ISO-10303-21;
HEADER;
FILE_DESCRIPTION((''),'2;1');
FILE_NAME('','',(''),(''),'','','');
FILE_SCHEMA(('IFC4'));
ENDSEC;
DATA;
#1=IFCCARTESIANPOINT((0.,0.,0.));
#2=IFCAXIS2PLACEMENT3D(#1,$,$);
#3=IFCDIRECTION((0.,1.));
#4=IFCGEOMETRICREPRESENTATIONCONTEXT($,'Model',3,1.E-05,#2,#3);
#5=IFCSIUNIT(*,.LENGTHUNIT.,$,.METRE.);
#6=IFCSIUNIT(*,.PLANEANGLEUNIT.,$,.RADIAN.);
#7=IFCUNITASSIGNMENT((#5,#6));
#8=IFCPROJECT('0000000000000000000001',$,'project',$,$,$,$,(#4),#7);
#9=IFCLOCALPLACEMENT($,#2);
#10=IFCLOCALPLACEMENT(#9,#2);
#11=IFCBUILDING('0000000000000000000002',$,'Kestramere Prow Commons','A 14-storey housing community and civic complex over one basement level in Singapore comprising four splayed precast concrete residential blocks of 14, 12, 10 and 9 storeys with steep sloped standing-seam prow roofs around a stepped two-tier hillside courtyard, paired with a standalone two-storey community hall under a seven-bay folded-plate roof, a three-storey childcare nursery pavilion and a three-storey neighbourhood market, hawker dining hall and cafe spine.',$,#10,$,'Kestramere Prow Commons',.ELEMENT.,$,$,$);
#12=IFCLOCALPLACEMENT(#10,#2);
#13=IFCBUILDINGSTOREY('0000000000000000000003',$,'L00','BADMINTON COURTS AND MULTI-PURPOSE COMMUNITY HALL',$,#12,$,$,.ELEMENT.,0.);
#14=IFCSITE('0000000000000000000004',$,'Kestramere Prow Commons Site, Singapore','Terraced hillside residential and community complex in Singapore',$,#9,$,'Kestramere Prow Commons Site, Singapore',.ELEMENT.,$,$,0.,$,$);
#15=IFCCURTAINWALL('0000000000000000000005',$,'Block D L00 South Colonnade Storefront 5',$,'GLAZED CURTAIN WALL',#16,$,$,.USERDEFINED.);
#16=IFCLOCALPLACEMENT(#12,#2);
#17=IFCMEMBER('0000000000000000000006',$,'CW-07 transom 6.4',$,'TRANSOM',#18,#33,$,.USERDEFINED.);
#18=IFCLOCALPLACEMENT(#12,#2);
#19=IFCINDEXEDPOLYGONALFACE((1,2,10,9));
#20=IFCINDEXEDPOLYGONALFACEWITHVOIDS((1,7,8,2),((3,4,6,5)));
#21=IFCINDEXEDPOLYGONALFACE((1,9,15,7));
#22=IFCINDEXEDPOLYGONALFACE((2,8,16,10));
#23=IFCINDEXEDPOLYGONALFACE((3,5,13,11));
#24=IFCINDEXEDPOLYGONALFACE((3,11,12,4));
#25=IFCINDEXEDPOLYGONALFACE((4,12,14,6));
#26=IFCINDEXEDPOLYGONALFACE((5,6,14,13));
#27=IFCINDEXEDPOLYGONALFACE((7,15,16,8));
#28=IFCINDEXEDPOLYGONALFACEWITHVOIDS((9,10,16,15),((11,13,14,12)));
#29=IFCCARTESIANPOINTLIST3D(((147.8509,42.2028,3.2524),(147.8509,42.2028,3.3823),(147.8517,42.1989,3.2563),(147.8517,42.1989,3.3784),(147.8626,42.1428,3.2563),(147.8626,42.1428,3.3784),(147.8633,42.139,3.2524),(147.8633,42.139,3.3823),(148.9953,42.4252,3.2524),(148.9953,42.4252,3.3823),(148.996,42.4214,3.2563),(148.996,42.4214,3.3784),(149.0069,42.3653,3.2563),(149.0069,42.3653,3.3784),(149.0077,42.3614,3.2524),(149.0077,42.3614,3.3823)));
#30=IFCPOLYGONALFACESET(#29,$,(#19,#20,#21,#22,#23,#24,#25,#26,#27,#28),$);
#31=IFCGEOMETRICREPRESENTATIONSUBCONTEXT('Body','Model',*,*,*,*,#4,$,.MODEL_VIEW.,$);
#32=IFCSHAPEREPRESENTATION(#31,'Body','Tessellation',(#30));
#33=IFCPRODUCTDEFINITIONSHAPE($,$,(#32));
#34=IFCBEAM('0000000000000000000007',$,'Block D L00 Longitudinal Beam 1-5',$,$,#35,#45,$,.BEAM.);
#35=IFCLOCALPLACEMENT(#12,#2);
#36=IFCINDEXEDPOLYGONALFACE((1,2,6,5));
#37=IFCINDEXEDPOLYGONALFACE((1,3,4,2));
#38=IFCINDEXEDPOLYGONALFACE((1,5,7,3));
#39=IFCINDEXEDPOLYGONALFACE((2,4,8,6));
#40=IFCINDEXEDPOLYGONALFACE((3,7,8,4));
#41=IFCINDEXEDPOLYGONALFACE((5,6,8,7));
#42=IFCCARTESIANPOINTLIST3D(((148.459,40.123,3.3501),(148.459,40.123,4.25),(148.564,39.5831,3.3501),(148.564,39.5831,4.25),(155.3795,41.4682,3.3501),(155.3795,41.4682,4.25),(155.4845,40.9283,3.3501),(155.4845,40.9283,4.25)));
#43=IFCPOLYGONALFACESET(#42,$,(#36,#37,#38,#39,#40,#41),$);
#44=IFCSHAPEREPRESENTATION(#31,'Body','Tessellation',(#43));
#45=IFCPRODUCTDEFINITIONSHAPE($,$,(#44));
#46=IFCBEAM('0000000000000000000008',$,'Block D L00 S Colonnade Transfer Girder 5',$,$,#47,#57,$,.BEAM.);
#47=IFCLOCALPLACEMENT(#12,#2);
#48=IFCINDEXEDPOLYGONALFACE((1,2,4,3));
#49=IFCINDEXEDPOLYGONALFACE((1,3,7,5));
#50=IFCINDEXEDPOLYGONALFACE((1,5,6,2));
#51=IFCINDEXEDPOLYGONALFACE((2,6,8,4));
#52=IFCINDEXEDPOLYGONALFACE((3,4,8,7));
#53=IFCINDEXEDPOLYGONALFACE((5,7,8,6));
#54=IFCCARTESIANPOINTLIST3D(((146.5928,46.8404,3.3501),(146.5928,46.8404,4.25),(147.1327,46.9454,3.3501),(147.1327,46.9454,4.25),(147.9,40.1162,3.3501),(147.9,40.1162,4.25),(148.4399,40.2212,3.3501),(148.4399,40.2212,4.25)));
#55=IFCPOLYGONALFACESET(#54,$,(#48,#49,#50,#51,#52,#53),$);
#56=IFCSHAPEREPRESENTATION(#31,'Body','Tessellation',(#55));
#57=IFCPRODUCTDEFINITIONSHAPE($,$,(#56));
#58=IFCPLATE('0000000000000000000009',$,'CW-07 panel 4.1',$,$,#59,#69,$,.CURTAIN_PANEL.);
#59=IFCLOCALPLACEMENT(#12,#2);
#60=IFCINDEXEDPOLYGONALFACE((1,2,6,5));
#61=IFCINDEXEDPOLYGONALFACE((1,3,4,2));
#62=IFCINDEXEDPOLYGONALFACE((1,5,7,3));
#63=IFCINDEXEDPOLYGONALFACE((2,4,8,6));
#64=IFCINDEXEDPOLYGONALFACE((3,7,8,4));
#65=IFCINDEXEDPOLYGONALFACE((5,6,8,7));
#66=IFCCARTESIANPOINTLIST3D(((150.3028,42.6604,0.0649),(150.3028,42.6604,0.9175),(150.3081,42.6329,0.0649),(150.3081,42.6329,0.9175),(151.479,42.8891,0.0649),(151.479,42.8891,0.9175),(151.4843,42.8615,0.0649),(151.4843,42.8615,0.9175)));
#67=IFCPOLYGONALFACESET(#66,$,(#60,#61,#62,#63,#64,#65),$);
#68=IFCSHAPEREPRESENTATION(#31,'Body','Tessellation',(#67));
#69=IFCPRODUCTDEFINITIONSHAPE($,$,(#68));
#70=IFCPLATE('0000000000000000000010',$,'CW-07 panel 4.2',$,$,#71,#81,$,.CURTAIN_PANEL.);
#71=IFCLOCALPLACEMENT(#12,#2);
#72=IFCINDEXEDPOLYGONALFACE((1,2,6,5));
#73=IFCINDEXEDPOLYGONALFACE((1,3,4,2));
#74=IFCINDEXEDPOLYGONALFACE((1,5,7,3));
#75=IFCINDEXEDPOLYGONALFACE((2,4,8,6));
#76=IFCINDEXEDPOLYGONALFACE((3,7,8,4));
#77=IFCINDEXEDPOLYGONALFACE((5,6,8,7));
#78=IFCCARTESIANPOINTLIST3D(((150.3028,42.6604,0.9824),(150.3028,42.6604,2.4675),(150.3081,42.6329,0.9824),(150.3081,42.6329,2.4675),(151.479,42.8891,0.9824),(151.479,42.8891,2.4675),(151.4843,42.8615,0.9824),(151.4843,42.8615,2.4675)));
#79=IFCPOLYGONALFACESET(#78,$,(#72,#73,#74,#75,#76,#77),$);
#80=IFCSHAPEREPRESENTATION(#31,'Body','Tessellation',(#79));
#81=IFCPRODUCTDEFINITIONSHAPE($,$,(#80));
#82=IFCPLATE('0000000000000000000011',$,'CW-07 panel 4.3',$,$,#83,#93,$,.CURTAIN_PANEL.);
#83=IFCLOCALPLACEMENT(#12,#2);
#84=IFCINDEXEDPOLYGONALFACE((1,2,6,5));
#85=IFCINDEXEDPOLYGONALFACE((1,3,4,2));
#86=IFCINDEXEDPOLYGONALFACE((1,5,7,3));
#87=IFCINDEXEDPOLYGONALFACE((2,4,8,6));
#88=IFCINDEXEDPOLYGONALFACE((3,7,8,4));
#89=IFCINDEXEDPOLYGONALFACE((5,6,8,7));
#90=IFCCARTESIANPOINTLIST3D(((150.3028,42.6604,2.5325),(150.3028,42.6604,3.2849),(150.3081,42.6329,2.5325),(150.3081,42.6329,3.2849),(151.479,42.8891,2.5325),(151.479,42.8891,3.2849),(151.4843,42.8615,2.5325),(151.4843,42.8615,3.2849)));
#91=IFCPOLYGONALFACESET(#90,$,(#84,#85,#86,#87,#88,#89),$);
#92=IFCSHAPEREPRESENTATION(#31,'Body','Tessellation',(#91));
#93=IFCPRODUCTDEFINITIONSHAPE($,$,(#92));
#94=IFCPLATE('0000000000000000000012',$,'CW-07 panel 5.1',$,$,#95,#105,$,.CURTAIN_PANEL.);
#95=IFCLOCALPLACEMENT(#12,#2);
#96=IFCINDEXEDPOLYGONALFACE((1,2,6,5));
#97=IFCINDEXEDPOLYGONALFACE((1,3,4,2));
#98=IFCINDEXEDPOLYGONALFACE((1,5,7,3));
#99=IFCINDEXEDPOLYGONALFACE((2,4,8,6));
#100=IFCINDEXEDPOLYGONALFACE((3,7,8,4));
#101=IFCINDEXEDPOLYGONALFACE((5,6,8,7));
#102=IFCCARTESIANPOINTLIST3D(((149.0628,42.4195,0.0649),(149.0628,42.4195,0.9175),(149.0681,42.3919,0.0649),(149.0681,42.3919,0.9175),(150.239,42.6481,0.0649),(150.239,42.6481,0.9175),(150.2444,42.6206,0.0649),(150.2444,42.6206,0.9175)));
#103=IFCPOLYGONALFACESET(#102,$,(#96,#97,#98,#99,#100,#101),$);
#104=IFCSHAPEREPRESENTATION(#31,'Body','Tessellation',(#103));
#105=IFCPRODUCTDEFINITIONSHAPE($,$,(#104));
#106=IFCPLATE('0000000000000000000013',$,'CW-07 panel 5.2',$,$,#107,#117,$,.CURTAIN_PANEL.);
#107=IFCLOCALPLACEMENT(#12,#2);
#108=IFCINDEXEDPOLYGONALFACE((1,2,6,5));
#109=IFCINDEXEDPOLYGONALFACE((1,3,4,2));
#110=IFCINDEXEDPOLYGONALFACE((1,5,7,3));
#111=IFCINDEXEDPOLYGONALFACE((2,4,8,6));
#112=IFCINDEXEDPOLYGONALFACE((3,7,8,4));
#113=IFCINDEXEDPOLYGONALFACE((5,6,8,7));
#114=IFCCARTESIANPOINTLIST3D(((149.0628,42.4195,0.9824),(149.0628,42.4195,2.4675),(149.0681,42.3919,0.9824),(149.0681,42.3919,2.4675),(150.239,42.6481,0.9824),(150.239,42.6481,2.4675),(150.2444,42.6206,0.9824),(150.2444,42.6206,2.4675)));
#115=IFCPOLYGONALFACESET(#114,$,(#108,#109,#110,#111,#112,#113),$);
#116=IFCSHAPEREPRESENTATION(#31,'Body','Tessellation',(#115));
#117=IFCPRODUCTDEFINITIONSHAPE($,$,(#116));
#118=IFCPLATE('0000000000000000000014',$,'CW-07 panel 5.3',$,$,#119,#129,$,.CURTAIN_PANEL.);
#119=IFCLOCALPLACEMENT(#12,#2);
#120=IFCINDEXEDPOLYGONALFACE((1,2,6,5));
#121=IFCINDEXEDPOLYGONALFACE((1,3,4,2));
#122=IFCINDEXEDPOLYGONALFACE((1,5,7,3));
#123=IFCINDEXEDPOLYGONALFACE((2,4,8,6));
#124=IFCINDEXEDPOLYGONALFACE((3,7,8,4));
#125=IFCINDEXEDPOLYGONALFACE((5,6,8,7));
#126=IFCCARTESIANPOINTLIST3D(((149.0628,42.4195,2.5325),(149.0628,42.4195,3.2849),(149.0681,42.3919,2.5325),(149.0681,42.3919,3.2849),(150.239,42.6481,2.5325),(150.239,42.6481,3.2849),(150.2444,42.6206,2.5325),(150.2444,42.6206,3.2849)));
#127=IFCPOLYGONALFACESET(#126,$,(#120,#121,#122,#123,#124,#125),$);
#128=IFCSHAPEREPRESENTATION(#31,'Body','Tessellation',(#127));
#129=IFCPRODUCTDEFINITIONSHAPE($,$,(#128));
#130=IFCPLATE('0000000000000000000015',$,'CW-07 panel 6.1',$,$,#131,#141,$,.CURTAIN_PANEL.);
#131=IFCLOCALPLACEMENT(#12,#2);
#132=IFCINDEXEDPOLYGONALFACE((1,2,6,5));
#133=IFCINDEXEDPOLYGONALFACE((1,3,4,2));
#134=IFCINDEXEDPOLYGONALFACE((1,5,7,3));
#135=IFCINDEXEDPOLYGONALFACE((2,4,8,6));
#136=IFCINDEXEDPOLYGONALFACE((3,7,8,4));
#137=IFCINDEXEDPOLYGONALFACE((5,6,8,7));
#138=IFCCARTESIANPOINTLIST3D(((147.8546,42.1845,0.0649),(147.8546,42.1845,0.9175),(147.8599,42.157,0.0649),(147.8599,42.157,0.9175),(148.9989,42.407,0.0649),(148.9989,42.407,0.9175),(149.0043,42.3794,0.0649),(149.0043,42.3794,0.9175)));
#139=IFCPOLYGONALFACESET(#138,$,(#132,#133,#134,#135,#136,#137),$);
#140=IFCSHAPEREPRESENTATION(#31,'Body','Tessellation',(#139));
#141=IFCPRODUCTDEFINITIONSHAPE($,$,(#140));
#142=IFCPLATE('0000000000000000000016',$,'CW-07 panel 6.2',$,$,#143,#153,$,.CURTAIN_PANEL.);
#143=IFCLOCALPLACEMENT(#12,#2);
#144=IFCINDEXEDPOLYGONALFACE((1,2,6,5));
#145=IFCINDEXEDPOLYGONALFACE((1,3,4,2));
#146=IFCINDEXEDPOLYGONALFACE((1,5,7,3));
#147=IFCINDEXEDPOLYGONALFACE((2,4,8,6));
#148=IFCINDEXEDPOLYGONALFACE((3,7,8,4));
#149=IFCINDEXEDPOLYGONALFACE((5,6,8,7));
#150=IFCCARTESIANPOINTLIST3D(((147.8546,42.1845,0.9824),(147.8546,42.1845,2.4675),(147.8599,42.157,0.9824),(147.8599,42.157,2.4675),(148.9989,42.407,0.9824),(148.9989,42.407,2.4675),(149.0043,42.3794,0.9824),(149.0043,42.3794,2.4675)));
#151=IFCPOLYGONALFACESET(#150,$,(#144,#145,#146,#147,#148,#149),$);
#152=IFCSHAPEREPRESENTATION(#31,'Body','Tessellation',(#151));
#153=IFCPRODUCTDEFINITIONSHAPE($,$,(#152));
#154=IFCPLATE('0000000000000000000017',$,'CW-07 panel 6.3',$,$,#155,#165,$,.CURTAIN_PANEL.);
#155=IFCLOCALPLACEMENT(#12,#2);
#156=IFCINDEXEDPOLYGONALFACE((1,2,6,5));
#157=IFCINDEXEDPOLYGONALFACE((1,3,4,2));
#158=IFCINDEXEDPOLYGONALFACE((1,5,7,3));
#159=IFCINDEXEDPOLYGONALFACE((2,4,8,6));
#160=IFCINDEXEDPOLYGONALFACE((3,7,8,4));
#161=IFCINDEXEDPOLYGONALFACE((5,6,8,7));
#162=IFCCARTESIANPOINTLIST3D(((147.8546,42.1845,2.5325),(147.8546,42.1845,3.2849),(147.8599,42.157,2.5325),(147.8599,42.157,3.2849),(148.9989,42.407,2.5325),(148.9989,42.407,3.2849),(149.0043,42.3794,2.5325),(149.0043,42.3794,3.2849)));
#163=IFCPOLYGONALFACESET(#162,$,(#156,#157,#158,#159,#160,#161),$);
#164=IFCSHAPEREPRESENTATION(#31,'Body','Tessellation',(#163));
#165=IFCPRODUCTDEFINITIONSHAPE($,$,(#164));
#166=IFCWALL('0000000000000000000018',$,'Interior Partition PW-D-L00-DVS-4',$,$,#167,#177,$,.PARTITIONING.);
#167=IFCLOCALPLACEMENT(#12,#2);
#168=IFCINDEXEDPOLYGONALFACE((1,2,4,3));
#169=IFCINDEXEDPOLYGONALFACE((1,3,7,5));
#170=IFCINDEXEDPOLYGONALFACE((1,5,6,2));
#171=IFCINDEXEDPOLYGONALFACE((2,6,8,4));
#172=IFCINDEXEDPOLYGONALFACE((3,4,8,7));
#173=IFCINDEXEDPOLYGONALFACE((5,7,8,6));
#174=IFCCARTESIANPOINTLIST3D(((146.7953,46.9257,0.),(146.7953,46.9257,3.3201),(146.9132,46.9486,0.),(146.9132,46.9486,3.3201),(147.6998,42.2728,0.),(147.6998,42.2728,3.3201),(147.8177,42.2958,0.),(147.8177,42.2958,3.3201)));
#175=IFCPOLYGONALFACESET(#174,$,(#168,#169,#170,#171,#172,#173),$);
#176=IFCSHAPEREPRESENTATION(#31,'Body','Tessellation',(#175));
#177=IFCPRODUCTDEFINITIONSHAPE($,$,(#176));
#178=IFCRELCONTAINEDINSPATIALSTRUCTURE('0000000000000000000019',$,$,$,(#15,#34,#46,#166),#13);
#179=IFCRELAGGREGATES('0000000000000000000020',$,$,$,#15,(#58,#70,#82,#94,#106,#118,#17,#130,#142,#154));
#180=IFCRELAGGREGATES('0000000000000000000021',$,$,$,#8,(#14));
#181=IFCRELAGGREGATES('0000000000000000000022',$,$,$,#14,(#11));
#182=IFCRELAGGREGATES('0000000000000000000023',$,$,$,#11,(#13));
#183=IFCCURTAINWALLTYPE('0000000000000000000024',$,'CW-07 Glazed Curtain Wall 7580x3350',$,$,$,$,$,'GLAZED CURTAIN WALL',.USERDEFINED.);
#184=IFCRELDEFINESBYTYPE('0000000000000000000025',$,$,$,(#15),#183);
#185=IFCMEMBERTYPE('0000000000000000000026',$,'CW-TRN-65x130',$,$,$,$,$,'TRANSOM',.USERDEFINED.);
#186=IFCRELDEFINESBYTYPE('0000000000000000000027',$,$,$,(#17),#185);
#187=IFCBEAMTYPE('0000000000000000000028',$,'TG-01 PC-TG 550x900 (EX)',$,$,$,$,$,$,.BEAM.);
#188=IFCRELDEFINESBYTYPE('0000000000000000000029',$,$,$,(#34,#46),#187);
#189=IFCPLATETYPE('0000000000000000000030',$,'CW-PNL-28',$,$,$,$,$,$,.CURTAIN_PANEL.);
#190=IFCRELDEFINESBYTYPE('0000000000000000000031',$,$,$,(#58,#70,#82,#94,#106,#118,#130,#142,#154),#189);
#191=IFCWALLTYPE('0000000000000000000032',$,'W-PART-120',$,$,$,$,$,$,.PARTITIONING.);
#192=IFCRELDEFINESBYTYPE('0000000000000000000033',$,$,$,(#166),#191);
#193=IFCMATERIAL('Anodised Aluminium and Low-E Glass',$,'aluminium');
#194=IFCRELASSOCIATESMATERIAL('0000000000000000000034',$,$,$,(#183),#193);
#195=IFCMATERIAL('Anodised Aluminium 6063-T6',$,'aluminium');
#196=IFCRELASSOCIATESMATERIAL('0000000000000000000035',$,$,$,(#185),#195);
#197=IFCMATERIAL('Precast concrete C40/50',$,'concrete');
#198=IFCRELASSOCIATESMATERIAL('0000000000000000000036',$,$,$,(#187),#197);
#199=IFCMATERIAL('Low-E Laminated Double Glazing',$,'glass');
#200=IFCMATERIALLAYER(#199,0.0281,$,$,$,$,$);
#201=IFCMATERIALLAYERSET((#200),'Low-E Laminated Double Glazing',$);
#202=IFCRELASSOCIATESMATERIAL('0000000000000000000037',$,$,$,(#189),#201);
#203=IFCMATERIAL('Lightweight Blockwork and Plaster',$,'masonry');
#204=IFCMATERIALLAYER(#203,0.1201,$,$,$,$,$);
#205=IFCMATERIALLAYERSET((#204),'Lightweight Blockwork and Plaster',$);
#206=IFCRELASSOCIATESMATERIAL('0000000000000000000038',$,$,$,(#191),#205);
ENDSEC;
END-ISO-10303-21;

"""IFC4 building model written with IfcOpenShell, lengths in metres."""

from ifc_helpers import new_model, si_unit, direction, frame, frame_2d, origin, origin_2d, place, context, subcontext, project, spatial, rectangle, hollow_rectangle, extrude, material, layer, layer_set, material_profile, profile_set, type_object, element, aggregate, save


model = new_model("IFC4")

# Units and contexts
model_context = context("Model", 3, precision=1e-05, world=origin(), true_north=direction((0.0, 1.0)))
body_context = subcontext(model_context, "Body", "Model", "MODEL_VIEW")
ifc_project = project(units=[si_unit("LENGTHUNIT", "METRE"), si_unit("PLANEANGLEUNIT", "RADIAN")], contexts=[model_context])

# Site, building, storey
site_placement = place(None, origin())
site = spatial("IfcSite", under=ifc_project, at=site_placement, Name="Kestramere Prow Commons Site, Singapore", Description="Terraced hillside residential and community complex in Singapore", LongName="Kestramere Prow Commons Site, Singapore", CompositionType="ELEMENT", RefElevation=0.0)
building_placement = place(site_placement, origin())
building = spatial("IfcBuilding", under=site, at=building_placement, Name="Kestramere Prow Commons", Description="A 14-storey housing community and civic complex over one basement level in Singapore comprising four splayed precast concrete residential blocks of 14, 12, 10 and 9 storeys with steep sloped standing-seam prow roofs around a stepped two-tier hillside courtyard, paired with a standalone two-storey community hall under a seven-bay folded-plate roof, a three-storey childcare nursery pavilion and a three-storey neighbourhood market, hawker dining hall and cafe spine.", LongName="Kestramere Prow Commons", CompositionType="ELEMENT")
storey_placement = place(building_placement, origin())
storey = spatial("IfcBuildingStorey", under=building, at=storey_placement, Name="L00", Description="BADMINTON COURTS AND MULTI-PURPOSE COMMUNITY HALL", CompositionType="ELEMENT", Elevation=0.0)

# Shared definitions
ifc_material_1 = material(Name="Precast concrete C40/50", Category="concrete")

# Curtain wall, member
ifc_material_2 = material(Name="Anodised Aluminium and Low-E Glass", Category="aluminium")
curtain_wall_type = type_object("IfcCurtainWallType", Name="CW-07 Glazed Curtain Wall 7580x3350", ElementType="GLAZED CURTAIN WALL", PredefinedType="USERDEFINED", material=ifc_material_2)
curtain_wall_placement = place(storey_placement, origin())
curtain_wall = element("IfcCurtainWall", 1, at=curtain_wall_placement, inside=storey, type_object=curtain_wall_type, Name="Block D L00 South Colonnade Storefront 5", ObjectType="GLAZED CURTAIN WALL", PredefinedType="USERDEFINED")
ifc_material_3 = material(Name="Anodised Aluminium 6063-T6", Category="aluminium")
ifc_material_profile_1 = material_profile(ifc_material_3, hollow_rectangle(XDim=0.0649, YDim=0.1299, WallThickness=0.0039, at=origin_2d()), Name="ALU-TRN 65x130")
ifc_profile_set_1 = profile_set([ifc_material_profile_1], Name="Anodised Aluminium 6063-T6")
member_type_1 = type_object("IfcMemberType", Name="CW-TRN-65x130", ElementType="TRANSOM", PredefinedType="USERDEFINED", material=ifc_profile_set_1)
member_1_placement = place(storey_placement, frame((149.0015, 42.3933, 3.3174), z_axis=(-0.98163, -0.190797, 0.0), x_axis=(0.190797, -0.98163, 0.0)))
member_1 = element("IfcMember", 2, at=member_1_placement, type_object=member_type_1, Name="CW-07 transom 6.4", ObjectType="TRANSOM", PredefinedType="USERDEFINED", context=body_context, shape_type="SweptSolid", body=[
    extrude(hollow_rectangle(XDim=0.0649, YDim=0.1299, WallThickness=0.0039, at=origin_2d()), origin(), (0.0, 0.0, 1.0), 1.1658),
])

# Beams
ifc_material_profile_2 = material_profile(ifc_material_1, rectangle(XDim=0.55, YDim=0.8999, at=origin_2d()), Name="PC-TG 550x900")
ifc_profile_set_2 = profile_set([ifc_material_profile_2], Name="Precast concrete C40/50")
beam_type = type_object("IfcBeamType", Name="TG-01 PC-TG 550x900 (EX)", PredefinedType="BEAM", material=ifc_profile_set_2)
beam_1_placement = place(storey_placement, frame((148.5115, 39.853, 3.8), z_axis=(0.981627, 0.190812, 0.0), x_axis=(-0.190812, 0.981627, 0.0)))
element("IfcBeam", 3, at=beam_1_placement, inside=storey, type_object=beam_type, Name="Block D L00 Longitudinal Beam 1-5", PredefinedType="BEAM", context=body_context, shape_type="SweptSolid", body=[
    extrude(rectangle(XDim=0.55, YDim=0.8999, at=origin_2d()), origin(), (0.0, 0.0, 1.0), 7.05),
])
beam_2_placement = place(storey_placement, frame((148.1699, 40.1687, 3.8), z_axis=(-0.190822, 0.981625, 0.0), x_axis=(-0.981625, -0.190822, 0.0)))
element("IfcBeam", 4, at=beam_2_placement, inside=storey, type_object=beam_type, Name="Block D L00 S Colonnade Transfer Girder 5", PredefinedType="BEAM", context=body_context, shape_type="SweptSolid", body=[
    extrude(rectangle(XDim=0.55, YDim=0.8999, at=origin_2d()), origin(), (0.0, 0.0, 1.0), 6.8501),
])

# Plates
ifc_material_4 = material(Name="Low-E Laminated Double Glazing", Category="glass")
ifc_layer_1 = layer(ifc_material_4, 0.0281)
ifc_layer_set_1 = layer_set([ifc_layer_1], Name="Low-E Laminated Double Glazing")
plate_type = type_object("IfcPlateType", Name="CW-PNL-28", PredefinedType="CURTAIN_PANEL", material=ifc_layer_set_1)
plate_1_placement = place(storey_placement, frame((150.8936, 42.761, 0.0649), z_axis=(0.0, 0.0, 1.0), x_axis=(-0.981627, -0.190809, 0.0)))
plate_1 = element("IfcPlate", 5, at=plate_1_placement, type_object=plate_type, Name="CW-07 panel 4.1", PredefinedType="CURTAIN_PANEL", context=body_context, shape_type="SweptSolid", body=[
    extrude(rectangle(XDim=1.1982, YDim=0.0281, at=origin_2d()), origin(), (0.0, 0.0, 1.0), 0.8525),
])
plate_2_placement = place(storey_placement, frame((150.8936, 42.761, 0.9824), z_axis=(0.0, 0.0, 1.0), x_axis=(-0.981627, -0.190809, 0.0)))
plate_2 = element("IfcPlate", 6, at=plate_2_placement, type_object=plate_type, Name="CW-07 panel 4.2", PredefinedType="CURTAIN_PANEL", context=body_context, shape_type="SweptSolid", body=[
    extrude(rectangle(XDim=1.1982, YDim=0.0281, at=origin_2d()), origin(), (0.0, 0.0, 1.0), 1.4851),
])
plate_3_placement = place(storey_placement, frame((150.8936, 42.761, 2.5325), z_axis=(0.0, 0.0, 1.0), x_axis=(-0.981627, -0.190809, 0.0)))
plate_3 = element("IfcPlate", 7, at=plate_3_placement, type_object=plate_type, Name="CW-07 panel 4.3", PredefinedType="CURTAIN_PANEL", context=body_context, shape_type="SweptSolid", body=[
    extrude(rectangle(XDim=1.1982, YDim=0.0281, at=origin_2d()), origin(), (0.0, 0.0, 1.0), 0.7524),
])
plate_4_placement = place(storey_placement, frame((149.6536, 42.52, 0.0649), z_axis=(0.0, 0.0, 1.0), x_axis=(-0.981627, -0.190809, 0.0)))
plate_4 = element("IfcPlate", 8, at=plate_4_placement, type_object=plate_type, Name="CW-07 panel 5.1", PredefinedType="CURTAIN_PANEL", context=body_context, shape_type="SweptSolid", body=[
    extrude(rectangle(XDim=1.1982, YDim=0.0281, at=origin_2d()), origin(), (0.0, 0.0, 1.0), 0.8525),
])
plate_5_placement = place(storey_placement, frame((149.6536, 42.52, 0.9824), z_axis=(0.0, 0.0, 1.0), x_axis=(-0.981627, -0.190809, 0.0)))
plate_5 = element("IfcPlate", 9, at=plate_5_placement, type_object=plate_type, Name="CW-07 panel 5.2", PredefinedType="CURTAIN_PANEL", context=body_context, shape_type="SweptSolid", body=[
    extrude(rectangle(XDim=1.1982, YDim=0.0281, at=origin_2d()), origin(), (0.0, 0.0, 1.0), 1.4851),
])
plate_6_placement = place(storey_placement, frame((149.6536, 42.52, 2.5325), z_axis=(0.0, 0.0, 1.0), x_axis=(-0.981627, -0.190809, 0.0)))
plate_6 = element("IfcPlate", 10, at=plate_6_placement, type_object=plate_type, Name="CW-07 panel 5.3", PredefinedType="CURTAIN_PANEL", context=body_context, shape_type="SweptSolid", body=[
    extrude(rectangle(XDim=1.1982, YDim=0.0281, at=origin_2d()), origin(), (0.0, 0.0, 1.0), 0.7524),
])
plate_7_placement = place(storey_placement, frame((148.4294, 42.282, 0.0649), z_axis=(0.0, 0.0, 1.0), x_axis=(-0.981627, -0.190809, 0.0)))
plate_7 = element("IfcPlate", 11, at=plate_7_placement, type_object=plate_type, Name="CW-07 panel 6.1", PredefinedType="CURTAIN_PANEL", context=body_context, shape_type="SweptSolid", body=[
    extrude(rectangle(XDim=1.1658, YDim=0.0281, at=origin_2d()), origin(), (0.0, 0.0, 1.0), 0.8525),
])
plate_8_placement = place(storey_placement, frame((148.4294, 42.282, 0.9824), z_axis=(0.0, 0.0, 1.0), x_axis=(-0.981627, -0.190809, 0.0)))
plate_8 = element("IfcPlate", 12, at=plate_8_placement, type_object=plate_type, Name="CW-07 panel 6.2", PredefinedType="CURTAIN_PANEL", context=body_context, shape_type="SweptSolid", body=[
    extrude(rectangle(XDim=1.1658, YDim=0.0281, at=origin_2d()), origin(), (0.0, 0.0, 1.0), 1.4851),
])
plate_9_placement = place(storey_placement, frame((148.4294, 42.282, 2.5325), z_axis=(0.0, 0.0, 1.0), x_axis=(-0.981627, -0.190809, 0.0)))
plate_9 = element("IfcPlate", 13, at=plate_9_placement, type_object=plate_type, Name="CW-07 panel 6.3", PredefinedType="CURTAIN_PANEL", context=body_context, shape_type="SweptSolid", body=[
    extrude(rectangle(XDim=1.1658, YDim=0.0281, at=origin_2d()), origin(), (0.0, 0.0, 1.0), 0.7524),
])
aggregate(curtain_wall, [plate_1, plate_2, plate_3, plate_4, plate_5, plate_6, member_1, plate_7, plate_8, plate_9])

# Wall
ifc_material_5 = material(Name="Lightweight Blockwork and Plaster", Category="masonry")
ifc_layer_2 = layer(ifc_material_5, 0.1201)
ifc_layer_set_2 = layer_set([ifc_layer_2], Name="Lightweight Blockwork and Plaster")
wall_type_1 = type_object("IfcWallType", Name="W-PART-120", PredefinedType="PARTITIONING", material=ifc_layer_set_2)
wall_1_placement = place(storey_placement, frame((147.7588, 42.2842, 0.0), z_axis=(0.0, 0.0, 1.0), x_axis=(-0.190834, 0.981622, 0.0)))
element("IfcWall", 14, at=wall_1_placement, inside=storey, type_object=wall_type_1, Name="Interior Partition PW-D-L00-DVS-4", PredefinedType="PARTITIONING", context=body_context, shape_type="SweptSolid", body=[
    extrude(rectangle(XDim=4.74, YDim=0.1201, at=frame_2d((2.3701, 0.0))), origin(), (0.0, 0.0, 1.0), 3.3201),
])

save(model, "model.ifc")
